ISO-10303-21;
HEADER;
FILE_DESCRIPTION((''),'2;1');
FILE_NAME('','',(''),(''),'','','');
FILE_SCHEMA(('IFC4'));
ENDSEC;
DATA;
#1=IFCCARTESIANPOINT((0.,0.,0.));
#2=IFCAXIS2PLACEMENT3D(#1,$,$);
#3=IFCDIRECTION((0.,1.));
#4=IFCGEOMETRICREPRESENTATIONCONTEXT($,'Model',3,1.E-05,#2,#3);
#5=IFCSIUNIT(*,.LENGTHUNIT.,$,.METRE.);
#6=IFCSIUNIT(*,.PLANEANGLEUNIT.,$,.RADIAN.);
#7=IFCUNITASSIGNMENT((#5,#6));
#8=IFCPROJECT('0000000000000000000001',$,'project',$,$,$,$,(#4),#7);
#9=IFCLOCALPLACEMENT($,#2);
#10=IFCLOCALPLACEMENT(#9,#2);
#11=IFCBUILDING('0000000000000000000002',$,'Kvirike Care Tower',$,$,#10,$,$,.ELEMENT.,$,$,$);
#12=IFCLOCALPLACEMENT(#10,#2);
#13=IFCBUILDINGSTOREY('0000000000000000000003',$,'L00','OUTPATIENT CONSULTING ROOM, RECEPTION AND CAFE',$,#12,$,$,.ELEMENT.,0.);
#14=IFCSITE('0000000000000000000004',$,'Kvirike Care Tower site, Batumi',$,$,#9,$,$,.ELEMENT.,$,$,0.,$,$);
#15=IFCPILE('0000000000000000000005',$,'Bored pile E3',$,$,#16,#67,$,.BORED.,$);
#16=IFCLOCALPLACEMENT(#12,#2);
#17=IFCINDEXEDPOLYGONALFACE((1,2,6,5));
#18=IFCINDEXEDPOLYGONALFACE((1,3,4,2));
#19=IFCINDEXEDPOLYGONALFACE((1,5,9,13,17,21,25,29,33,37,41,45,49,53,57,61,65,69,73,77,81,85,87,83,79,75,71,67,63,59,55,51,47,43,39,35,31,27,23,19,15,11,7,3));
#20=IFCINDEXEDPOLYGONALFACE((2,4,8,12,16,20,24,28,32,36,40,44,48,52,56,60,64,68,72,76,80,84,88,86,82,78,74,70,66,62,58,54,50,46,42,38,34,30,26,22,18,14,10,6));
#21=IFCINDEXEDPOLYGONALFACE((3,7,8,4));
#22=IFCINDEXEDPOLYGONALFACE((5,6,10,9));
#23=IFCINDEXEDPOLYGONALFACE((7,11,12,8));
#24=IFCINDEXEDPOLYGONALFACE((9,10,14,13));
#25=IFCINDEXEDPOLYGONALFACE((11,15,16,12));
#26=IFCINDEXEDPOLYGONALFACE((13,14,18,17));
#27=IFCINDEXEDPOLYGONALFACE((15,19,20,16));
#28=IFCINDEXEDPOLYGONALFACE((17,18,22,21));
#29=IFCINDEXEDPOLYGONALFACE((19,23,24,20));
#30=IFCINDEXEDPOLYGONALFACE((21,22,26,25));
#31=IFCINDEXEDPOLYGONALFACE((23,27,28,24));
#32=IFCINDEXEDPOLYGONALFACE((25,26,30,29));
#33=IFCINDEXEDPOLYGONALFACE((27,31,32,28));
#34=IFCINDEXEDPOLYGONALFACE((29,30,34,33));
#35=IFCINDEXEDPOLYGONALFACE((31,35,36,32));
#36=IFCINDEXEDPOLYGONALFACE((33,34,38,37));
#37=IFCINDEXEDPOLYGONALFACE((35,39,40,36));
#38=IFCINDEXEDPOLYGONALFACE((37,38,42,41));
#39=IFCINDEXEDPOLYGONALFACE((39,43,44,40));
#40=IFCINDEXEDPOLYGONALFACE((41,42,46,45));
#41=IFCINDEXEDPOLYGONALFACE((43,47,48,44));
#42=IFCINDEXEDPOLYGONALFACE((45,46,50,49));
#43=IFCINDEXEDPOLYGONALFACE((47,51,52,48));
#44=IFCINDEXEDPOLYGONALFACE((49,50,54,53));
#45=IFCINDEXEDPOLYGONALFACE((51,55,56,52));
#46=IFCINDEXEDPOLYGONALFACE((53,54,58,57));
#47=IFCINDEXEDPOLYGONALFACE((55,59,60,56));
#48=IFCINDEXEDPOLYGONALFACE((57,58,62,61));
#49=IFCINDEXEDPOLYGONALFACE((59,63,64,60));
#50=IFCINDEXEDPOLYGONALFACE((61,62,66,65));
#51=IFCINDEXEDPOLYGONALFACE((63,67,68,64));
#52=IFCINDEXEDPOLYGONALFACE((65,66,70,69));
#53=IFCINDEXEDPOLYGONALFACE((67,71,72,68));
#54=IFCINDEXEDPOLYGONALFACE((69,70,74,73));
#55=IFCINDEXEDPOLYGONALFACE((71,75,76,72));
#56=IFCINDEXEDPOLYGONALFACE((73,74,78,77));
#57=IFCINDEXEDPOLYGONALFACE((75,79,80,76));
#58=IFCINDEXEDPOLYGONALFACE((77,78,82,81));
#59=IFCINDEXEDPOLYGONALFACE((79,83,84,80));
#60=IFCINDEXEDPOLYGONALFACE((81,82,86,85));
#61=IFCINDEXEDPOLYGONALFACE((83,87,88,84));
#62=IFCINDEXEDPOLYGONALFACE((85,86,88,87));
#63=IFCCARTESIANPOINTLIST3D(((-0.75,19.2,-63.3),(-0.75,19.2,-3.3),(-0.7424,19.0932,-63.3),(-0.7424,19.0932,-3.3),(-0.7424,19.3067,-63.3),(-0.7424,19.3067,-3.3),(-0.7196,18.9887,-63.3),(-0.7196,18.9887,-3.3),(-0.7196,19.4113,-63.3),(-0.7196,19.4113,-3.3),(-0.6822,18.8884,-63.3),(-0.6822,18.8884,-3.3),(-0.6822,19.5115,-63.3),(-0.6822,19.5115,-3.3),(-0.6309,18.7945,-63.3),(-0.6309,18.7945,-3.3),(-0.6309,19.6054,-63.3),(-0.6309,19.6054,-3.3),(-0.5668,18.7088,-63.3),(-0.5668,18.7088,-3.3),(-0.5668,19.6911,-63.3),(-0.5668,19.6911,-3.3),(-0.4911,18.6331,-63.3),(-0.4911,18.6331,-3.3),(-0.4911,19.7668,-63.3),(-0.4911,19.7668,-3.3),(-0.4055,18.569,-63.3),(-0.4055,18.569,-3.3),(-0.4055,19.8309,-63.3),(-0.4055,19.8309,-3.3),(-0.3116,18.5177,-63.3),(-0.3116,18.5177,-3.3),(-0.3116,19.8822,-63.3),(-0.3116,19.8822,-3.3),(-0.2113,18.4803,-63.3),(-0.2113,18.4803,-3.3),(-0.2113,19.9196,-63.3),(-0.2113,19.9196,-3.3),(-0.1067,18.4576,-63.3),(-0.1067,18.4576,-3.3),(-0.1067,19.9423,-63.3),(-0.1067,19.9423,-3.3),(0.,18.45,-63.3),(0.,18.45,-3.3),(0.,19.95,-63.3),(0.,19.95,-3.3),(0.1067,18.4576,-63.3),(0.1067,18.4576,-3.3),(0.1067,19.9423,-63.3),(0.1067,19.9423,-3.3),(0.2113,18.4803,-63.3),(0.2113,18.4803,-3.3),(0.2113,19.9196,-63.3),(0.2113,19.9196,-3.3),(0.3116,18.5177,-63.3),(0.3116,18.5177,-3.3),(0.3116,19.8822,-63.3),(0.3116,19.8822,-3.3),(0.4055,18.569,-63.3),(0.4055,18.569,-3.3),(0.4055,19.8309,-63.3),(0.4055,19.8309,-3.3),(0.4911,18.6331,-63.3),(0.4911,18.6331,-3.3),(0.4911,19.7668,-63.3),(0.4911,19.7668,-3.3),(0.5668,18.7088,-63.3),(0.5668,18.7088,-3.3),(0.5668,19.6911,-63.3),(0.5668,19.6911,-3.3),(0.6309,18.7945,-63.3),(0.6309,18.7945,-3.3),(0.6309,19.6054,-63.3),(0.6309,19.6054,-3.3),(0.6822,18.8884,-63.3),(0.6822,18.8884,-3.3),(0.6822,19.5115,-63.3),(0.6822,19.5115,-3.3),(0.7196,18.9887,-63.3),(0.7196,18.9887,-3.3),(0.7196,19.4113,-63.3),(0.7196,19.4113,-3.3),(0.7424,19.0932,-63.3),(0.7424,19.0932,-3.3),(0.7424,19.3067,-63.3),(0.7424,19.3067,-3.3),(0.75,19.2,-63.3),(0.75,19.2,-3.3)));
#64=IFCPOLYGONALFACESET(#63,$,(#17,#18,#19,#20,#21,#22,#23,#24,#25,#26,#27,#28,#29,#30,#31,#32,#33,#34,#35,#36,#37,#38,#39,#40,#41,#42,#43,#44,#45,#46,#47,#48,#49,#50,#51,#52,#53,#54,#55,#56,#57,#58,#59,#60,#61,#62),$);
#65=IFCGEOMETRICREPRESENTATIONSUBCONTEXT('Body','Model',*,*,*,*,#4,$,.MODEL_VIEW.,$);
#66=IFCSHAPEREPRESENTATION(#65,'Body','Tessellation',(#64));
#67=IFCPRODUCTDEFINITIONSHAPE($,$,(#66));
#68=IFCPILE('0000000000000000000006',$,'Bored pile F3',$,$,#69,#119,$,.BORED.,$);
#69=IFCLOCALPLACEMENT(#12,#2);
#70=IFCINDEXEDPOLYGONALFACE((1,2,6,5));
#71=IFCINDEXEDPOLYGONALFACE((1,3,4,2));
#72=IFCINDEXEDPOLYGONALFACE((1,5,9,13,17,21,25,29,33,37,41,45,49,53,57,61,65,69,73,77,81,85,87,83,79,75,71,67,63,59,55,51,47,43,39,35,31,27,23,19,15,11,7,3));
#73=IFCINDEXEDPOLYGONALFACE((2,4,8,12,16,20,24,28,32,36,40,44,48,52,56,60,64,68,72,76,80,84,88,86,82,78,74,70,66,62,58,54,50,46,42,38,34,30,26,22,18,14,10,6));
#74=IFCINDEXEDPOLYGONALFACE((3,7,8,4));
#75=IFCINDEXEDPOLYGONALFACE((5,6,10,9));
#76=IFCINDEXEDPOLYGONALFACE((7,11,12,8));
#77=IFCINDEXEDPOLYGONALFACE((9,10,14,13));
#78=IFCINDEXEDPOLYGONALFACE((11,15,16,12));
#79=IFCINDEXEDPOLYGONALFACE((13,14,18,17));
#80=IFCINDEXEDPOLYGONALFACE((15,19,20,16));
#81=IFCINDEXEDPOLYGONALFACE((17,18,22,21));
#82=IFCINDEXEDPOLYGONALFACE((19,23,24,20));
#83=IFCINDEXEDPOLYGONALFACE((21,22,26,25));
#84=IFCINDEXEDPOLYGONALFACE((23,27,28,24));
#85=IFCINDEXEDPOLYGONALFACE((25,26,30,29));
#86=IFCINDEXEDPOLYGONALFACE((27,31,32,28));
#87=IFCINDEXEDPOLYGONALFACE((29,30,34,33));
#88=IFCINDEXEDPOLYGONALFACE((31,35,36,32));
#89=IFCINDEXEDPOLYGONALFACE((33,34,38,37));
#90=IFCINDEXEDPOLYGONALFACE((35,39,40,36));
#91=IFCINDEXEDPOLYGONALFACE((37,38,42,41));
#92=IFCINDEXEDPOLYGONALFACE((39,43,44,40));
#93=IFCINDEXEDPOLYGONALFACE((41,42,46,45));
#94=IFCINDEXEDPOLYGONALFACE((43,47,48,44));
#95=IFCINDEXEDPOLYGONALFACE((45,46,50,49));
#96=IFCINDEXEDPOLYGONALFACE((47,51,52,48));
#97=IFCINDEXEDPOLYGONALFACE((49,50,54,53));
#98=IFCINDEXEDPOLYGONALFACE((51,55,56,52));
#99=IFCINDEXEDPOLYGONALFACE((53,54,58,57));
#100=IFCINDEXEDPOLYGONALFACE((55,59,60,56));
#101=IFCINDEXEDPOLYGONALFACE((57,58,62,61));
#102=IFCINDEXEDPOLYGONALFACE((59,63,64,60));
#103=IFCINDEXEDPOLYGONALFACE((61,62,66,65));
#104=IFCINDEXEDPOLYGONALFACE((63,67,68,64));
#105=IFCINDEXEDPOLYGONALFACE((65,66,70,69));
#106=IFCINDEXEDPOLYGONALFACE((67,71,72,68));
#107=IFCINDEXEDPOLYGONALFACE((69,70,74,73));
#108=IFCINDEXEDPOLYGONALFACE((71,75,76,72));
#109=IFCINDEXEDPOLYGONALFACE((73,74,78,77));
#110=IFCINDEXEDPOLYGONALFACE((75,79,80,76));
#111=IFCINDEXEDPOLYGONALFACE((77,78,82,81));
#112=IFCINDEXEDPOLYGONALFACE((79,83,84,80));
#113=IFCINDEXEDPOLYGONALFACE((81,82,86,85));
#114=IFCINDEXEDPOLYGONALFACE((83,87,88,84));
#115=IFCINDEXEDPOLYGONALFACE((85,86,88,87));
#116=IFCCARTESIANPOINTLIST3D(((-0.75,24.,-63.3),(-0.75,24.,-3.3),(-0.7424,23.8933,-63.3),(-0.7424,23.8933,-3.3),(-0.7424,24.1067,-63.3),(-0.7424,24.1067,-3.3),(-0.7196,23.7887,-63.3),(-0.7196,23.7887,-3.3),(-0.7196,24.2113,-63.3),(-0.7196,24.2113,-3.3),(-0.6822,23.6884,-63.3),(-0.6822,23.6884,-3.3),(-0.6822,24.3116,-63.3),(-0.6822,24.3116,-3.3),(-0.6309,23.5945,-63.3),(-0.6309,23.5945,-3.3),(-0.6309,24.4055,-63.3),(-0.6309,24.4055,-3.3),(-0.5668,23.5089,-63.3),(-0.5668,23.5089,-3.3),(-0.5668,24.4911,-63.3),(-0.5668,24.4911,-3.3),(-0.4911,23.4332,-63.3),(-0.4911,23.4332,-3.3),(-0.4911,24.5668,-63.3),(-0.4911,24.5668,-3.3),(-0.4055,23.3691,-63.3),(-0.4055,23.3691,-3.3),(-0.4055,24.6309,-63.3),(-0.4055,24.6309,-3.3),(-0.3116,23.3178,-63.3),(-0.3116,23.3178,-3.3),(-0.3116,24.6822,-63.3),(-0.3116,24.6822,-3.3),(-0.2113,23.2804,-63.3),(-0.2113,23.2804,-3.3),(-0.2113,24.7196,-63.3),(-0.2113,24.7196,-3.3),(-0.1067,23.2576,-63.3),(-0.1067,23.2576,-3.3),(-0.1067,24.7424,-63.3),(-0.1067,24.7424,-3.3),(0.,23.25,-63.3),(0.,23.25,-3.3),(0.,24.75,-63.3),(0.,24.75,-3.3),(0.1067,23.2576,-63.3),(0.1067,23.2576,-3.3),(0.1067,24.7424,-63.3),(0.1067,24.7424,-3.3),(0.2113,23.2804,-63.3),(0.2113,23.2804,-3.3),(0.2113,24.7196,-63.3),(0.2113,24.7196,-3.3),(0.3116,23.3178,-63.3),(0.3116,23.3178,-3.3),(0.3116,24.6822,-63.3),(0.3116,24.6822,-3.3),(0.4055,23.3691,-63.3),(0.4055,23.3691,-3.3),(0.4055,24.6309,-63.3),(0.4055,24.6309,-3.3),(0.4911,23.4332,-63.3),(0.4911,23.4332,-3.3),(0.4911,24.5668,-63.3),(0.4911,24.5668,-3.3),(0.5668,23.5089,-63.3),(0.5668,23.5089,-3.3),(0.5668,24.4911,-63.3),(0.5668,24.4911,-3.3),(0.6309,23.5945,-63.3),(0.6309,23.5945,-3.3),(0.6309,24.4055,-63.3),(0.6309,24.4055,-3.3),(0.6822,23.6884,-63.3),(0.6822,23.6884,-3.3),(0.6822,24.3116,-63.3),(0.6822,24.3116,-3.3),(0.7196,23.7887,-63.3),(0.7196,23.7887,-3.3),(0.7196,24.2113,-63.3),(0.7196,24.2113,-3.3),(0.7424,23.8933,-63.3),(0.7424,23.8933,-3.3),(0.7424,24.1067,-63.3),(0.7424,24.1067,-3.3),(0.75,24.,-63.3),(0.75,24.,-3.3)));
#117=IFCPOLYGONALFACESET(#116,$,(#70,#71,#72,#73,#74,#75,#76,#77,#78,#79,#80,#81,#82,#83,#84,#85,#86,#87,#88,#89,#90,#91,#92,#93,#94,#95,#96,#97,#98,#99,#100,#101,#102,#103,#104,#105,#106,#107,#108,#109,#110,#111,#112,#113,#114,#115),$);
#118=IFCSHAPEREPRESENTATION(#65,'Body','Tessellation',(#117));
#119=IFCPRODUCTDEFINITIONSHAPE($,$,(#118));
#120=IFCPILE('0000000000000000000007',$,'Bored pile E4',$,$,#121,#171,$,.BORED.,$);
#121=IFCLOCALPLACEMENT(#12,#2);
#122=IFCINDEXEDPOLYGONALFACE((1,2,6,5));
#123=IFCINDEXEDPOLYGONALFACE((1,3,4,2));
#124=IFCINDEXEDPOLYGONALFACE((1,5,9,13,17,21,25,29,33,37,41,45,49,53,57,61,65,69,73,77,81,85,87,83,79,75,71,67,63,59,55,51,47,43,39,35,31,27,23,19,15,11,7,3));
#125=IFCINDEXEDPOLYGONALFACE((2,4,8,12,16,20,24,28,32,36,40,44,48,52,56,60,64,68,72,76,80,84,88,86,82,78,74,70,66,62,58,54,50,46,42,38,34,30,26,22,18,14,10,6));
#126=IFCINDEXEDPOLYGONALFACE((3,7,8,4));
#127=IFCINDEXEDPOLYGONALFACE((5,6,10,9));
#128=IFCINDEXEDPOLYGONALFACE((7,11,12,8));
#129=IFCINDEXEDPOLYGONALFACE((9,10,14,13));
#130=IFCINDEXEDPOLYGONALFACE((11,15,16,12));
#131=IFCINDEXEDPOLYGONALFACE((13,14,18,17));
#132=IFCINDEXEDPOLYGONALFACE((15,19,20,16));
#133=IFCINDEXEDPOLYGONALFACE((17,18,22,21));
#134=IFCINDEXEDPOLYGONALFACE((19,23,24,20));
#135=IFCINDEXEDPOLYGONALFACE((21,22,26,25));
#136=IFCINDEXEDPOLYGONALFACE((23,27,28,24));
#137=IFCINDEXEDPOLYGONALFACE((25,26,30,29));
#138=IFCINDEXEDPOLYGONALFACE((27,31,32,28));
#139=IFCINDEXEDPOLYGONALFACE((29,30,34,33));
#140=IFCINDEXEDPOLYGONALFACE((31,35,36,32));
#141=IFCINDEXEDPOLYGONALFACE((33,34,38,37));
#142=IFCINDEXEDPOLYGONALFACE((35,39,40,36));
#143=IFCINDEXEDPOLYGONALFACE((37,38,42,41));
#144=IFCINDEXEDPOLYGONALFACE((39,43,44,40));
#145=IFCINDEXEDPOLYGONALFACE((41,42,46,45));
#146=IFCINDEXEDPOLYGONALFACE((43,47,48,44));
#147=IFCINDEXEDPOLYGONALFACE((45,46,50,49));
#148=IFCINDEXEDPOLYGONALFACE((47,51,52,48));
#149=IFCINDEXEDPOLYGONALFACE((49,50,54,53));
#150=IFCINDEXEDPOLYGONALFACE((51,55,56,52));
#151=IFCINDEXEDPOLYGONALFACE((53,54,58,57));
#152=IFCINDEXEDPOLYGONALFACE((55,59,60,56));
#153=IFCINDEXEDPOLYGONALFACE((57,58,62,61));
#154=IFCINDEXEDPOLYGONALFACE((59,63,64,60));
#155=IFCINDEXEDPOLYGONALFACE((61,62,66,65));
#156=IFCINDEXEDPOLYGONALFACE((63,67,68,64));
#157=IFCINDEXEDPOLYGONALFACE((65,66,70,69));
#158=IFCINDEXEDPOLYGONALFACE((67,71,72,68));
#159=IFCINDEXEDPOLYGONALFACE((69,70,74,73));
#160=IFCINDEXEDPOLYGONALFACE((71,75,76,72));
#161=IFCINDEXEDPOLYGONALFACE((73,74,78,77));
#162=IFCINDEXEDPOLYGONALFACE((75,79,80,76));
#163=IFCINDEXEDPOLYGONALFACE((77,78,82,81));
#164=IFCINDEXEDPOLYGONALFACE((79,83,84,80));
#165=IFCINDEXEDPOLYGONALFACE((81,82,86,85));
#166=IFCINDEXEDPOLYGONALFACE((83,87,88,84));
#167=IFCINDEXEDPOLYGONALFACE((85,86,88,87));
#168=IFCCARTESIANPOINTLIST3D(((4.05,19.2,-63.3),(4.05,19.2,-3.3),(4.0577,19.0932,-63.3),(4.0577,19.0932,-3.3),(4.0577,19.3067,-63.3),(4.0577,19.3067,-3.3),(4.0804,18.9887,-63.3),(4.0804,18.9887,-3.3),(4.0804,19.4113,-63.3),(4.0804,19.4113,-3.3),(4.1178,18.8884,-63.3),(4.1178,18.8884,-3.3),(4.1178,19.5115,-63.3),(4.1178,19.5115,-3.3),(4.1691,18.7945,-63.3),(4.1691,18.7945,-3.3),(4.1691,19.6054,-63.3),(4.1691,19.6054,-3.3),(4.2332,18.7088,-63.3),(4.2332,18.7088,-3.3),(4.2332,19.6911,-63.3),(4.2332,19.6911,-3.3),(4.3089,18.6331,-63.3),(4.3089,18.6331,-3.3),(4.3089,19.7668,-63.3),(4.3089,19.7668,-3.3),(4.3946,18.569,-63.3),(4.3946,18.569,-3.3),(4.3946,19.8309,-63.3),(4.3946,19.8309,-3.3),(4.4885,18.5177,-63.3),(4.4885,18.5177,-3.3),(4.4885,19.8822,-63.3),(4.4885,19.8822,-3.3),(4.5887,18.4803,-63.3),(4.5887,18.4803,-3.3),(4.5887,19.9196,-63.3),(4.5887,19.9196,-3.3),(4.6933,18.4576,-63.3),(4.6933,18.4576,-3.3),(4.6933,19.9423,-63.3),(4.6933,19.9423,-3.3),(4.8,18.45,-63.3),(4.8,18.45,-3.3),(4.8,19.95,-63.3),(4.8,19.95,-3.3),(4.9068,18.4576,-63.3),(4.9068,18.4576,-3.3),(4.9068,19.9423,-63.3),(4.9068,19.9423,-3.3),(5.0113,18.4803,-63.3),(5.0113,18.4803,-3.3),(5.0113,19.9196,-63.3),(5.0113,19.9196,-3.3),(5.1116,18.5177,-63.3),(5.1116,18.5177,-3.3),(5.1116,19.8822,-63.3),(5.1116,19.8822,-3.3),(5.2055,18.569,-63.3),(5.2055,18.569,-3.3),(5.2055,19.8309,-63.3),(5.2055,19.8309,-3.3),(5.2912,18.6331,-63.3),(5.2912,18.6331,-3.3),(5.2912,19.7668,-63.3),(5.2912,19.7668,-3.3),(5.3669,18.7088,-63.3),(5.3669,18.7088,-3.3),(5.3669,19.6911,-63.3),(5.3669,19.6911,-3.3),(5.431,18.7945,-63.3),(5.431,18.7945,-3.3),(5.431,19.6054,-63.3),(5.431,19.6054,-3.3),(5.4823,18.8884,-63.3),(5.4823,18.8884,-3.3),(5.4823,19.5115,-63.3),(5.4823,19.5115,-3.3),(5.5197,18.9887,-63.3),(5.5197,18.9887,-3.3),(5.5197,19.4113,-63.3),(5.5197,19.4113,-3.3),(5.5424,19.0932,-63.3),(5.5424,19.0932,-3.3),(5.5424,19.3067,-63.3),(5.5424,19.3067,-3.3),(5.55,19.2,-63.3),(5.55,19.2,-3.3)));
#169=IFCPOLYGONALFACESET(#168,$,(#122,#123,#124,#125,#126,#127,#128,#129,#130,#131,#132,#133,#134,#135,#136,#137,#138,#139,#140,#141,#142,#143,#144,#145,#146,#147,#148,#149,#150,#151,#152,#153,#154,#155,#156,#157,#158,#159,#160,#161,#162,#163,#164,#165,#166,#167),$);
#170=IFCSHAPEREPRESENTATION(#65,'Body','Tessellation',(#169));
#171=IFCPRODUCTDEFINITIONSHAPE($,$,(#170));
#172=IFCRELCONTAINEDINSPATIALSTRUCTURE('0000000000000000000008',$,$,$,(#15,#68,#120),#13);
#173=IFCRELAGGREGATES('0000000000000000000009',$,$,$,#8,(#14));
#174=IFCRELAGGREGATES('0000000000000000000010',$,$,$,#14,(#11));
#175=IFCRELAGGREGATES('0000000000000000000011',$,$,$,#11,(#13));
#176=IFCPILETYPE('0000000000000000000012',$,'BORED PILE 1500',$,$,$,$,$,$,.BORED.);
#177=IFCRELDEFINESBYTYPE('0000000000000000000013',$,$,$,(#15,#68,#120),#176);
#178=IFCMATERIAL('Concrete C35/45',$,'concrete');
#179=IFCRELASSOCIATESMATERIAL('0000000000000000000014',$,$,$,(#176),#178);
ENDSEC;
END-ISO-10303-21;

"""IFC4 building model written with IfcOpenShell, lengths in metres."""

from ifc_helpers import new_model, si_unit, direction, frame, origin, origin_2d, place, context, subcontext, project, spatial, circle, extrude, material, material_profile, profile_set, type_object, element, save


model = new_model("IFC4")

# Units and contexts
model_context = context("Model", 3, precision=1e-05, world=origin(), true_north=direction((0.0, 1.0)))
body_context = subcontext(model_context, "Body", "Model", "MODEL_VIEW")
ifc_project = project(units=[si_unit("LENGTHUNIT", "METRE"), si_unit("PLANEANGLEUNIT", "RADIAN")], contexts=[model_context])

# Site, building, storey
site_placement = place(None, origin())
site = spatial("IfcSite", under=ifc_project, at=site_placement, Name="Kvirike Care Tower site, Batumi", CompositionType="ELEMENT", RefElevation=0.0)
building_placement = place(site_placement, origin())
building = spatial("IfcBuilding", under=site, at=building_placement, Name="Kvirike Care Tower", CompositionType="ELEMENT")
storey_placement = place(building_placement, origin())
storey = spatial("IfcBuildingStorey", under=building, at=storey_placement, Name="L00", Description="OUTPATIENT CONSULTING ROOM, RECEPTION AND CAFE", CompositionType="ELEMENT", Elevation=0.0)

# Piles
ifc_material_1 = material(Name="Concrete C35/45", Category="concrete")
ifc_material_profile_1 = material_profile(ifc_material_1, circle(Radius=0.75, at=origin_2d()), Name="BORED PILE 1500")
ifc_profile_set_1 = profile_set([ifc_material_profile_1], Name="Concrete C35/45")
pile_type = type_object("IfcPileType", Name="BORED PILE 1500", PredefinedType="BORED", material=ifc_profile_set_1)
for number, where, z_axis, x_axis, name in (
    (1, (0.0, 19.2, -3.3), (0.0, 0.0, -1.0), (1.0, 0.0, 0.0), "Bored pile E3"),
    (2, (0.0, 24.0, -3.3), (0.0, 0.0, -1.0), (1.0, 0.0, 0.0), "Bored pile F3"),
    (3, (4.8, 19.2, -3.3), (0.0, 0.0, -1.0), (1.0, 0.0, 0.0), "Bored pile E4"),
):
    element("IfcPile", number, at=place(storey_placement, frame(where, z_axis=z_axis, x_axis=x_axis)), inside=storey, type_object=pile_type, Name=name, PredefinedType="BORED", context=body_context, shape_type="SweptSolid", body=[
        extrude(circle(Radius=0.75, at=origin_2d()), origin(), (0.0, 0.0, 1.0), 60.0),
    ])

save(model, "model.ifc")
